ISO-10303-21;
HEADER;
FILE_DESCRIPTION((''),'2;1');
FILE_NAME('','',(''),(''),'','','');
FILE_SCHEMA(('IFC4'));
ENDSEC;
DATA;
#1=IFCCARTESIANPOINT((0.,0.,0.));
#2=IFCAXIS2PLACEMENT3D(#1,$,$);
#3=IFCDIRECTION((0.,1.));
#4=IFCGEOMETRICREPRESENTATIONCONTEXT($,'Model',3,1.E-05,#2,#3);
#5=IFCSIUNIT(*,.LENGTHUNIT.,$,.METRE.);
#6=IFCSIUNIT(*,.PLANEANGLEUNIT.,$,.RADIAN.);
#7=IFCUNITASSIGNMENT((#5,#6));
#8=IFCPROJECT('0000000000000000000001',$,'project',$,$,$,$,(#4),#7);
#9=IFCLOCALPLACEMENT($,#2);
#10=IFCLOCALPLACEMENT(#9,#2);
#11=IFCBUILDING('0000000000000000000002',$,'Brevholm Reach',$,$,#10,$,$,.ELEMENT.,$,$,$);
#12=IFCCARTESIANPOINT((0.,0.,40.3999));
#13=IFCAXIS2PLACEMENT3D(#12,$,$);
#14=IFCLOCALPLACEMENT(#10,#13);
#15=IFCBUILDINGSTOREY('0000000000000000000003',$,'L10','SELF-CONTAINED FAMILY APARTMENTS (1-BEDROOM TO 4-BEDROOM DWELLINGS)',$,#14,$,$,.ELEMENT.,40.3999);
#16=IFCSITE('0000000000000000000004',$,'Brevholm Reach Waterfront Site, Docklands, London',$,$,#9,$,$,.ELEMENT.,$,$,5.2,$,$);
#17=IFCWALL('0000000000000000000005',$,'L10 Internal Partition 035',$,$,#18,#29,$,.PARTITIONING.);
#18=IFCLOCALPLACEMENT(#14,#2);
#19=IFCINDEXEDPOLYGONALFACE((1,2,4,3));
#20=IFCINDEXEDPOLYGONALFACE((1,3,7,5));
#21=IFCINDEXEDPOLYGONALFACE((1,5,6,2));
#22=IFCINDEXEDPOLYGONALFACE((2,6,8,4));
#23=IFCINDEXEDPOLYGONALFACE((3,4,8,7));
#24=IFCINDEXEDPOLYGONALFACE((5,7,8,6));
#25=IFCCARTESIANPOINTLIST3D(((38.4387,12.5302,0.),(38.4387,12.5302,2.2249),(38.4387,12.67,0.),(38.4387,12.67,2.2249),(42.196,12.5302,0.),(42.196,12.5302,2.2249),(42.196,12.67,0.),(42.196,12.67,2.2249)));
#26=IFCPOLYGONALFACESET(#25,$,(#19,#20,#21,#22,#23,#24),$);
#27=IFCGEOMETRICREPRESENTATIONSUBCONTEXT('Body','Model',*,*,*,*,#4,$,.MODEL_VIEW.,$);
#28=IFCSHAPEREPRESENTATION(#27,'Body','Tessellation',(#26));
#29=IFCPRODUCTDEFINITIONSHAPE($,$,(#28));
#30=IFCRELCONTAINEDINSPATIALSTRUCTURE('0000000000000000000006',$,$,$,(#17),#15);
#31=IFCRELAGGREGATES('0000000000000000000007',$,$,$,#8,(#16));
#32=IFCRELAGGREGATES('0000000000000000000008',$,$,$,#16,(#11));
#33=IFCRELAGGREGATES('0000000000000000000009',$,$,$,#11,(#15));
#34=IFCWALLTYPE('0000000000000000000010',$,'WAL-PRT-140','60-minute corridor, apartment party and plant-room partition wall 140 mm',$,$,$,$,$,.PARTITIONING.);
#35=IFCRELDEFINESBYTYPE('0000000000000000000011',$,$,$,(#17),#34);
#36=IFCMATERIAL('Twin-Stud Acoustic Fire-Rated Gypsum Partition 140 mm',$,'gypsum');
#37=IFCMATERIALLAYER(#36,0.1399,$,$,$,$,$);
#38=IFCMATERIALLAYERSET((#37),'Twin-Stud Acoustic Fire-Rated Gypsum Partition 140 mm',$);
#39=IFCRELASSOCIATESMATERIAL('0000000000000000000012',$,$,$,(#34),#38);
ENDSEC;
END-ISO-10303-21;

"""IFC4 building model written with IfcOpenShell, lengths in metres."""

from ifc_helpers import new_model, si_unit, direction, frame, frame_2d, origin, place, context, subcontext, project, spatial, rectangle, extrude, material, layer, layer_set, type_object, element, save


model = new_model("IFC4")

# Units and contexts
model_context = context("Model", 3, precision=1e-05, world=origin(), true_north=direction((0.0, 1.0)))
body_context = subcontext(model_context, "Body", "Model", "MODEL_VIEW")
ifc_project = project(units=[si_unit("LENGTHUNIT", "METRE"), si_unit("PLANEANGLEUNIT", "RADIAN")], contexts=[model_context])

# Site, building, storey
site_placement = place(None, origin())
site = spatial("IfcSite", under=ifc_project, at=site_placement, Name="Brevholm Reach Waterfront Site, Docklands, London", CompositionType="ELEMENT", RefElevation=5.2)
building_placement = place(site_placement, origin())
building = spatial("IfcBuilding", under=site, at=building_placement, Name="Brevholm Reach", CompositionType="ELEMENT")
storey_placement = place(building_placement, frame((0.0, 0.0, 40.3999)))
storey = spatial("IfcBuildingStorey", under=building, at=storey_placement, Name="L10", Description="SELF-CONTAINED FAMILY APARTMENTS (1-BEDROOM TO 4-BEDROOM DWELLINGS)", CompositionType="ELEMENT", Elevation=40.3999)

# Wall
ifc_material_1 = material(Name="Twin-Stud Acoustic Fire-Rated Gypsum Partition 140 mm", Category="gypsum")
ifc_layer_1 = layer(ifc_material_1, 0.1399)
ifc_layer_set_1 = layer_set([ifc_layer_1], Name="Twin-Stud Acoustic Fire-Rated Gypsum Partition 140 mm")
wall_type_1 = type_object("IfcWallType", Name="WAL-PRT-140", Description="60-minute corridor, apartment party and plant-room partition wall 140 mm", PredefinedType="PARTITIONING", material=ifc_layer_set_1)
wall_1_placement = place(storey_placement, frame((38.4387, 12.6001, 0.0), z_axis=(0.0, 0.0, 1.0), x_axis=(1.0, 0.0, 0.0)))
element("IfcWall", 1, at=wall_1_placement, inside=storey, type_object=wall_type_1, Name="L10 Internal Partition 035", PredefinedType="PARTITIONING", context=body_context, shape_type="SweptSolid", body=[
    extrude(rectangle(XDim=3.7573, YDim=0.1399, at=frame_2d((1.8787, 0.0))), origin(), (0.0, 0.0, 1.0), 2.2249),
])

save(model, "model.ifc")
